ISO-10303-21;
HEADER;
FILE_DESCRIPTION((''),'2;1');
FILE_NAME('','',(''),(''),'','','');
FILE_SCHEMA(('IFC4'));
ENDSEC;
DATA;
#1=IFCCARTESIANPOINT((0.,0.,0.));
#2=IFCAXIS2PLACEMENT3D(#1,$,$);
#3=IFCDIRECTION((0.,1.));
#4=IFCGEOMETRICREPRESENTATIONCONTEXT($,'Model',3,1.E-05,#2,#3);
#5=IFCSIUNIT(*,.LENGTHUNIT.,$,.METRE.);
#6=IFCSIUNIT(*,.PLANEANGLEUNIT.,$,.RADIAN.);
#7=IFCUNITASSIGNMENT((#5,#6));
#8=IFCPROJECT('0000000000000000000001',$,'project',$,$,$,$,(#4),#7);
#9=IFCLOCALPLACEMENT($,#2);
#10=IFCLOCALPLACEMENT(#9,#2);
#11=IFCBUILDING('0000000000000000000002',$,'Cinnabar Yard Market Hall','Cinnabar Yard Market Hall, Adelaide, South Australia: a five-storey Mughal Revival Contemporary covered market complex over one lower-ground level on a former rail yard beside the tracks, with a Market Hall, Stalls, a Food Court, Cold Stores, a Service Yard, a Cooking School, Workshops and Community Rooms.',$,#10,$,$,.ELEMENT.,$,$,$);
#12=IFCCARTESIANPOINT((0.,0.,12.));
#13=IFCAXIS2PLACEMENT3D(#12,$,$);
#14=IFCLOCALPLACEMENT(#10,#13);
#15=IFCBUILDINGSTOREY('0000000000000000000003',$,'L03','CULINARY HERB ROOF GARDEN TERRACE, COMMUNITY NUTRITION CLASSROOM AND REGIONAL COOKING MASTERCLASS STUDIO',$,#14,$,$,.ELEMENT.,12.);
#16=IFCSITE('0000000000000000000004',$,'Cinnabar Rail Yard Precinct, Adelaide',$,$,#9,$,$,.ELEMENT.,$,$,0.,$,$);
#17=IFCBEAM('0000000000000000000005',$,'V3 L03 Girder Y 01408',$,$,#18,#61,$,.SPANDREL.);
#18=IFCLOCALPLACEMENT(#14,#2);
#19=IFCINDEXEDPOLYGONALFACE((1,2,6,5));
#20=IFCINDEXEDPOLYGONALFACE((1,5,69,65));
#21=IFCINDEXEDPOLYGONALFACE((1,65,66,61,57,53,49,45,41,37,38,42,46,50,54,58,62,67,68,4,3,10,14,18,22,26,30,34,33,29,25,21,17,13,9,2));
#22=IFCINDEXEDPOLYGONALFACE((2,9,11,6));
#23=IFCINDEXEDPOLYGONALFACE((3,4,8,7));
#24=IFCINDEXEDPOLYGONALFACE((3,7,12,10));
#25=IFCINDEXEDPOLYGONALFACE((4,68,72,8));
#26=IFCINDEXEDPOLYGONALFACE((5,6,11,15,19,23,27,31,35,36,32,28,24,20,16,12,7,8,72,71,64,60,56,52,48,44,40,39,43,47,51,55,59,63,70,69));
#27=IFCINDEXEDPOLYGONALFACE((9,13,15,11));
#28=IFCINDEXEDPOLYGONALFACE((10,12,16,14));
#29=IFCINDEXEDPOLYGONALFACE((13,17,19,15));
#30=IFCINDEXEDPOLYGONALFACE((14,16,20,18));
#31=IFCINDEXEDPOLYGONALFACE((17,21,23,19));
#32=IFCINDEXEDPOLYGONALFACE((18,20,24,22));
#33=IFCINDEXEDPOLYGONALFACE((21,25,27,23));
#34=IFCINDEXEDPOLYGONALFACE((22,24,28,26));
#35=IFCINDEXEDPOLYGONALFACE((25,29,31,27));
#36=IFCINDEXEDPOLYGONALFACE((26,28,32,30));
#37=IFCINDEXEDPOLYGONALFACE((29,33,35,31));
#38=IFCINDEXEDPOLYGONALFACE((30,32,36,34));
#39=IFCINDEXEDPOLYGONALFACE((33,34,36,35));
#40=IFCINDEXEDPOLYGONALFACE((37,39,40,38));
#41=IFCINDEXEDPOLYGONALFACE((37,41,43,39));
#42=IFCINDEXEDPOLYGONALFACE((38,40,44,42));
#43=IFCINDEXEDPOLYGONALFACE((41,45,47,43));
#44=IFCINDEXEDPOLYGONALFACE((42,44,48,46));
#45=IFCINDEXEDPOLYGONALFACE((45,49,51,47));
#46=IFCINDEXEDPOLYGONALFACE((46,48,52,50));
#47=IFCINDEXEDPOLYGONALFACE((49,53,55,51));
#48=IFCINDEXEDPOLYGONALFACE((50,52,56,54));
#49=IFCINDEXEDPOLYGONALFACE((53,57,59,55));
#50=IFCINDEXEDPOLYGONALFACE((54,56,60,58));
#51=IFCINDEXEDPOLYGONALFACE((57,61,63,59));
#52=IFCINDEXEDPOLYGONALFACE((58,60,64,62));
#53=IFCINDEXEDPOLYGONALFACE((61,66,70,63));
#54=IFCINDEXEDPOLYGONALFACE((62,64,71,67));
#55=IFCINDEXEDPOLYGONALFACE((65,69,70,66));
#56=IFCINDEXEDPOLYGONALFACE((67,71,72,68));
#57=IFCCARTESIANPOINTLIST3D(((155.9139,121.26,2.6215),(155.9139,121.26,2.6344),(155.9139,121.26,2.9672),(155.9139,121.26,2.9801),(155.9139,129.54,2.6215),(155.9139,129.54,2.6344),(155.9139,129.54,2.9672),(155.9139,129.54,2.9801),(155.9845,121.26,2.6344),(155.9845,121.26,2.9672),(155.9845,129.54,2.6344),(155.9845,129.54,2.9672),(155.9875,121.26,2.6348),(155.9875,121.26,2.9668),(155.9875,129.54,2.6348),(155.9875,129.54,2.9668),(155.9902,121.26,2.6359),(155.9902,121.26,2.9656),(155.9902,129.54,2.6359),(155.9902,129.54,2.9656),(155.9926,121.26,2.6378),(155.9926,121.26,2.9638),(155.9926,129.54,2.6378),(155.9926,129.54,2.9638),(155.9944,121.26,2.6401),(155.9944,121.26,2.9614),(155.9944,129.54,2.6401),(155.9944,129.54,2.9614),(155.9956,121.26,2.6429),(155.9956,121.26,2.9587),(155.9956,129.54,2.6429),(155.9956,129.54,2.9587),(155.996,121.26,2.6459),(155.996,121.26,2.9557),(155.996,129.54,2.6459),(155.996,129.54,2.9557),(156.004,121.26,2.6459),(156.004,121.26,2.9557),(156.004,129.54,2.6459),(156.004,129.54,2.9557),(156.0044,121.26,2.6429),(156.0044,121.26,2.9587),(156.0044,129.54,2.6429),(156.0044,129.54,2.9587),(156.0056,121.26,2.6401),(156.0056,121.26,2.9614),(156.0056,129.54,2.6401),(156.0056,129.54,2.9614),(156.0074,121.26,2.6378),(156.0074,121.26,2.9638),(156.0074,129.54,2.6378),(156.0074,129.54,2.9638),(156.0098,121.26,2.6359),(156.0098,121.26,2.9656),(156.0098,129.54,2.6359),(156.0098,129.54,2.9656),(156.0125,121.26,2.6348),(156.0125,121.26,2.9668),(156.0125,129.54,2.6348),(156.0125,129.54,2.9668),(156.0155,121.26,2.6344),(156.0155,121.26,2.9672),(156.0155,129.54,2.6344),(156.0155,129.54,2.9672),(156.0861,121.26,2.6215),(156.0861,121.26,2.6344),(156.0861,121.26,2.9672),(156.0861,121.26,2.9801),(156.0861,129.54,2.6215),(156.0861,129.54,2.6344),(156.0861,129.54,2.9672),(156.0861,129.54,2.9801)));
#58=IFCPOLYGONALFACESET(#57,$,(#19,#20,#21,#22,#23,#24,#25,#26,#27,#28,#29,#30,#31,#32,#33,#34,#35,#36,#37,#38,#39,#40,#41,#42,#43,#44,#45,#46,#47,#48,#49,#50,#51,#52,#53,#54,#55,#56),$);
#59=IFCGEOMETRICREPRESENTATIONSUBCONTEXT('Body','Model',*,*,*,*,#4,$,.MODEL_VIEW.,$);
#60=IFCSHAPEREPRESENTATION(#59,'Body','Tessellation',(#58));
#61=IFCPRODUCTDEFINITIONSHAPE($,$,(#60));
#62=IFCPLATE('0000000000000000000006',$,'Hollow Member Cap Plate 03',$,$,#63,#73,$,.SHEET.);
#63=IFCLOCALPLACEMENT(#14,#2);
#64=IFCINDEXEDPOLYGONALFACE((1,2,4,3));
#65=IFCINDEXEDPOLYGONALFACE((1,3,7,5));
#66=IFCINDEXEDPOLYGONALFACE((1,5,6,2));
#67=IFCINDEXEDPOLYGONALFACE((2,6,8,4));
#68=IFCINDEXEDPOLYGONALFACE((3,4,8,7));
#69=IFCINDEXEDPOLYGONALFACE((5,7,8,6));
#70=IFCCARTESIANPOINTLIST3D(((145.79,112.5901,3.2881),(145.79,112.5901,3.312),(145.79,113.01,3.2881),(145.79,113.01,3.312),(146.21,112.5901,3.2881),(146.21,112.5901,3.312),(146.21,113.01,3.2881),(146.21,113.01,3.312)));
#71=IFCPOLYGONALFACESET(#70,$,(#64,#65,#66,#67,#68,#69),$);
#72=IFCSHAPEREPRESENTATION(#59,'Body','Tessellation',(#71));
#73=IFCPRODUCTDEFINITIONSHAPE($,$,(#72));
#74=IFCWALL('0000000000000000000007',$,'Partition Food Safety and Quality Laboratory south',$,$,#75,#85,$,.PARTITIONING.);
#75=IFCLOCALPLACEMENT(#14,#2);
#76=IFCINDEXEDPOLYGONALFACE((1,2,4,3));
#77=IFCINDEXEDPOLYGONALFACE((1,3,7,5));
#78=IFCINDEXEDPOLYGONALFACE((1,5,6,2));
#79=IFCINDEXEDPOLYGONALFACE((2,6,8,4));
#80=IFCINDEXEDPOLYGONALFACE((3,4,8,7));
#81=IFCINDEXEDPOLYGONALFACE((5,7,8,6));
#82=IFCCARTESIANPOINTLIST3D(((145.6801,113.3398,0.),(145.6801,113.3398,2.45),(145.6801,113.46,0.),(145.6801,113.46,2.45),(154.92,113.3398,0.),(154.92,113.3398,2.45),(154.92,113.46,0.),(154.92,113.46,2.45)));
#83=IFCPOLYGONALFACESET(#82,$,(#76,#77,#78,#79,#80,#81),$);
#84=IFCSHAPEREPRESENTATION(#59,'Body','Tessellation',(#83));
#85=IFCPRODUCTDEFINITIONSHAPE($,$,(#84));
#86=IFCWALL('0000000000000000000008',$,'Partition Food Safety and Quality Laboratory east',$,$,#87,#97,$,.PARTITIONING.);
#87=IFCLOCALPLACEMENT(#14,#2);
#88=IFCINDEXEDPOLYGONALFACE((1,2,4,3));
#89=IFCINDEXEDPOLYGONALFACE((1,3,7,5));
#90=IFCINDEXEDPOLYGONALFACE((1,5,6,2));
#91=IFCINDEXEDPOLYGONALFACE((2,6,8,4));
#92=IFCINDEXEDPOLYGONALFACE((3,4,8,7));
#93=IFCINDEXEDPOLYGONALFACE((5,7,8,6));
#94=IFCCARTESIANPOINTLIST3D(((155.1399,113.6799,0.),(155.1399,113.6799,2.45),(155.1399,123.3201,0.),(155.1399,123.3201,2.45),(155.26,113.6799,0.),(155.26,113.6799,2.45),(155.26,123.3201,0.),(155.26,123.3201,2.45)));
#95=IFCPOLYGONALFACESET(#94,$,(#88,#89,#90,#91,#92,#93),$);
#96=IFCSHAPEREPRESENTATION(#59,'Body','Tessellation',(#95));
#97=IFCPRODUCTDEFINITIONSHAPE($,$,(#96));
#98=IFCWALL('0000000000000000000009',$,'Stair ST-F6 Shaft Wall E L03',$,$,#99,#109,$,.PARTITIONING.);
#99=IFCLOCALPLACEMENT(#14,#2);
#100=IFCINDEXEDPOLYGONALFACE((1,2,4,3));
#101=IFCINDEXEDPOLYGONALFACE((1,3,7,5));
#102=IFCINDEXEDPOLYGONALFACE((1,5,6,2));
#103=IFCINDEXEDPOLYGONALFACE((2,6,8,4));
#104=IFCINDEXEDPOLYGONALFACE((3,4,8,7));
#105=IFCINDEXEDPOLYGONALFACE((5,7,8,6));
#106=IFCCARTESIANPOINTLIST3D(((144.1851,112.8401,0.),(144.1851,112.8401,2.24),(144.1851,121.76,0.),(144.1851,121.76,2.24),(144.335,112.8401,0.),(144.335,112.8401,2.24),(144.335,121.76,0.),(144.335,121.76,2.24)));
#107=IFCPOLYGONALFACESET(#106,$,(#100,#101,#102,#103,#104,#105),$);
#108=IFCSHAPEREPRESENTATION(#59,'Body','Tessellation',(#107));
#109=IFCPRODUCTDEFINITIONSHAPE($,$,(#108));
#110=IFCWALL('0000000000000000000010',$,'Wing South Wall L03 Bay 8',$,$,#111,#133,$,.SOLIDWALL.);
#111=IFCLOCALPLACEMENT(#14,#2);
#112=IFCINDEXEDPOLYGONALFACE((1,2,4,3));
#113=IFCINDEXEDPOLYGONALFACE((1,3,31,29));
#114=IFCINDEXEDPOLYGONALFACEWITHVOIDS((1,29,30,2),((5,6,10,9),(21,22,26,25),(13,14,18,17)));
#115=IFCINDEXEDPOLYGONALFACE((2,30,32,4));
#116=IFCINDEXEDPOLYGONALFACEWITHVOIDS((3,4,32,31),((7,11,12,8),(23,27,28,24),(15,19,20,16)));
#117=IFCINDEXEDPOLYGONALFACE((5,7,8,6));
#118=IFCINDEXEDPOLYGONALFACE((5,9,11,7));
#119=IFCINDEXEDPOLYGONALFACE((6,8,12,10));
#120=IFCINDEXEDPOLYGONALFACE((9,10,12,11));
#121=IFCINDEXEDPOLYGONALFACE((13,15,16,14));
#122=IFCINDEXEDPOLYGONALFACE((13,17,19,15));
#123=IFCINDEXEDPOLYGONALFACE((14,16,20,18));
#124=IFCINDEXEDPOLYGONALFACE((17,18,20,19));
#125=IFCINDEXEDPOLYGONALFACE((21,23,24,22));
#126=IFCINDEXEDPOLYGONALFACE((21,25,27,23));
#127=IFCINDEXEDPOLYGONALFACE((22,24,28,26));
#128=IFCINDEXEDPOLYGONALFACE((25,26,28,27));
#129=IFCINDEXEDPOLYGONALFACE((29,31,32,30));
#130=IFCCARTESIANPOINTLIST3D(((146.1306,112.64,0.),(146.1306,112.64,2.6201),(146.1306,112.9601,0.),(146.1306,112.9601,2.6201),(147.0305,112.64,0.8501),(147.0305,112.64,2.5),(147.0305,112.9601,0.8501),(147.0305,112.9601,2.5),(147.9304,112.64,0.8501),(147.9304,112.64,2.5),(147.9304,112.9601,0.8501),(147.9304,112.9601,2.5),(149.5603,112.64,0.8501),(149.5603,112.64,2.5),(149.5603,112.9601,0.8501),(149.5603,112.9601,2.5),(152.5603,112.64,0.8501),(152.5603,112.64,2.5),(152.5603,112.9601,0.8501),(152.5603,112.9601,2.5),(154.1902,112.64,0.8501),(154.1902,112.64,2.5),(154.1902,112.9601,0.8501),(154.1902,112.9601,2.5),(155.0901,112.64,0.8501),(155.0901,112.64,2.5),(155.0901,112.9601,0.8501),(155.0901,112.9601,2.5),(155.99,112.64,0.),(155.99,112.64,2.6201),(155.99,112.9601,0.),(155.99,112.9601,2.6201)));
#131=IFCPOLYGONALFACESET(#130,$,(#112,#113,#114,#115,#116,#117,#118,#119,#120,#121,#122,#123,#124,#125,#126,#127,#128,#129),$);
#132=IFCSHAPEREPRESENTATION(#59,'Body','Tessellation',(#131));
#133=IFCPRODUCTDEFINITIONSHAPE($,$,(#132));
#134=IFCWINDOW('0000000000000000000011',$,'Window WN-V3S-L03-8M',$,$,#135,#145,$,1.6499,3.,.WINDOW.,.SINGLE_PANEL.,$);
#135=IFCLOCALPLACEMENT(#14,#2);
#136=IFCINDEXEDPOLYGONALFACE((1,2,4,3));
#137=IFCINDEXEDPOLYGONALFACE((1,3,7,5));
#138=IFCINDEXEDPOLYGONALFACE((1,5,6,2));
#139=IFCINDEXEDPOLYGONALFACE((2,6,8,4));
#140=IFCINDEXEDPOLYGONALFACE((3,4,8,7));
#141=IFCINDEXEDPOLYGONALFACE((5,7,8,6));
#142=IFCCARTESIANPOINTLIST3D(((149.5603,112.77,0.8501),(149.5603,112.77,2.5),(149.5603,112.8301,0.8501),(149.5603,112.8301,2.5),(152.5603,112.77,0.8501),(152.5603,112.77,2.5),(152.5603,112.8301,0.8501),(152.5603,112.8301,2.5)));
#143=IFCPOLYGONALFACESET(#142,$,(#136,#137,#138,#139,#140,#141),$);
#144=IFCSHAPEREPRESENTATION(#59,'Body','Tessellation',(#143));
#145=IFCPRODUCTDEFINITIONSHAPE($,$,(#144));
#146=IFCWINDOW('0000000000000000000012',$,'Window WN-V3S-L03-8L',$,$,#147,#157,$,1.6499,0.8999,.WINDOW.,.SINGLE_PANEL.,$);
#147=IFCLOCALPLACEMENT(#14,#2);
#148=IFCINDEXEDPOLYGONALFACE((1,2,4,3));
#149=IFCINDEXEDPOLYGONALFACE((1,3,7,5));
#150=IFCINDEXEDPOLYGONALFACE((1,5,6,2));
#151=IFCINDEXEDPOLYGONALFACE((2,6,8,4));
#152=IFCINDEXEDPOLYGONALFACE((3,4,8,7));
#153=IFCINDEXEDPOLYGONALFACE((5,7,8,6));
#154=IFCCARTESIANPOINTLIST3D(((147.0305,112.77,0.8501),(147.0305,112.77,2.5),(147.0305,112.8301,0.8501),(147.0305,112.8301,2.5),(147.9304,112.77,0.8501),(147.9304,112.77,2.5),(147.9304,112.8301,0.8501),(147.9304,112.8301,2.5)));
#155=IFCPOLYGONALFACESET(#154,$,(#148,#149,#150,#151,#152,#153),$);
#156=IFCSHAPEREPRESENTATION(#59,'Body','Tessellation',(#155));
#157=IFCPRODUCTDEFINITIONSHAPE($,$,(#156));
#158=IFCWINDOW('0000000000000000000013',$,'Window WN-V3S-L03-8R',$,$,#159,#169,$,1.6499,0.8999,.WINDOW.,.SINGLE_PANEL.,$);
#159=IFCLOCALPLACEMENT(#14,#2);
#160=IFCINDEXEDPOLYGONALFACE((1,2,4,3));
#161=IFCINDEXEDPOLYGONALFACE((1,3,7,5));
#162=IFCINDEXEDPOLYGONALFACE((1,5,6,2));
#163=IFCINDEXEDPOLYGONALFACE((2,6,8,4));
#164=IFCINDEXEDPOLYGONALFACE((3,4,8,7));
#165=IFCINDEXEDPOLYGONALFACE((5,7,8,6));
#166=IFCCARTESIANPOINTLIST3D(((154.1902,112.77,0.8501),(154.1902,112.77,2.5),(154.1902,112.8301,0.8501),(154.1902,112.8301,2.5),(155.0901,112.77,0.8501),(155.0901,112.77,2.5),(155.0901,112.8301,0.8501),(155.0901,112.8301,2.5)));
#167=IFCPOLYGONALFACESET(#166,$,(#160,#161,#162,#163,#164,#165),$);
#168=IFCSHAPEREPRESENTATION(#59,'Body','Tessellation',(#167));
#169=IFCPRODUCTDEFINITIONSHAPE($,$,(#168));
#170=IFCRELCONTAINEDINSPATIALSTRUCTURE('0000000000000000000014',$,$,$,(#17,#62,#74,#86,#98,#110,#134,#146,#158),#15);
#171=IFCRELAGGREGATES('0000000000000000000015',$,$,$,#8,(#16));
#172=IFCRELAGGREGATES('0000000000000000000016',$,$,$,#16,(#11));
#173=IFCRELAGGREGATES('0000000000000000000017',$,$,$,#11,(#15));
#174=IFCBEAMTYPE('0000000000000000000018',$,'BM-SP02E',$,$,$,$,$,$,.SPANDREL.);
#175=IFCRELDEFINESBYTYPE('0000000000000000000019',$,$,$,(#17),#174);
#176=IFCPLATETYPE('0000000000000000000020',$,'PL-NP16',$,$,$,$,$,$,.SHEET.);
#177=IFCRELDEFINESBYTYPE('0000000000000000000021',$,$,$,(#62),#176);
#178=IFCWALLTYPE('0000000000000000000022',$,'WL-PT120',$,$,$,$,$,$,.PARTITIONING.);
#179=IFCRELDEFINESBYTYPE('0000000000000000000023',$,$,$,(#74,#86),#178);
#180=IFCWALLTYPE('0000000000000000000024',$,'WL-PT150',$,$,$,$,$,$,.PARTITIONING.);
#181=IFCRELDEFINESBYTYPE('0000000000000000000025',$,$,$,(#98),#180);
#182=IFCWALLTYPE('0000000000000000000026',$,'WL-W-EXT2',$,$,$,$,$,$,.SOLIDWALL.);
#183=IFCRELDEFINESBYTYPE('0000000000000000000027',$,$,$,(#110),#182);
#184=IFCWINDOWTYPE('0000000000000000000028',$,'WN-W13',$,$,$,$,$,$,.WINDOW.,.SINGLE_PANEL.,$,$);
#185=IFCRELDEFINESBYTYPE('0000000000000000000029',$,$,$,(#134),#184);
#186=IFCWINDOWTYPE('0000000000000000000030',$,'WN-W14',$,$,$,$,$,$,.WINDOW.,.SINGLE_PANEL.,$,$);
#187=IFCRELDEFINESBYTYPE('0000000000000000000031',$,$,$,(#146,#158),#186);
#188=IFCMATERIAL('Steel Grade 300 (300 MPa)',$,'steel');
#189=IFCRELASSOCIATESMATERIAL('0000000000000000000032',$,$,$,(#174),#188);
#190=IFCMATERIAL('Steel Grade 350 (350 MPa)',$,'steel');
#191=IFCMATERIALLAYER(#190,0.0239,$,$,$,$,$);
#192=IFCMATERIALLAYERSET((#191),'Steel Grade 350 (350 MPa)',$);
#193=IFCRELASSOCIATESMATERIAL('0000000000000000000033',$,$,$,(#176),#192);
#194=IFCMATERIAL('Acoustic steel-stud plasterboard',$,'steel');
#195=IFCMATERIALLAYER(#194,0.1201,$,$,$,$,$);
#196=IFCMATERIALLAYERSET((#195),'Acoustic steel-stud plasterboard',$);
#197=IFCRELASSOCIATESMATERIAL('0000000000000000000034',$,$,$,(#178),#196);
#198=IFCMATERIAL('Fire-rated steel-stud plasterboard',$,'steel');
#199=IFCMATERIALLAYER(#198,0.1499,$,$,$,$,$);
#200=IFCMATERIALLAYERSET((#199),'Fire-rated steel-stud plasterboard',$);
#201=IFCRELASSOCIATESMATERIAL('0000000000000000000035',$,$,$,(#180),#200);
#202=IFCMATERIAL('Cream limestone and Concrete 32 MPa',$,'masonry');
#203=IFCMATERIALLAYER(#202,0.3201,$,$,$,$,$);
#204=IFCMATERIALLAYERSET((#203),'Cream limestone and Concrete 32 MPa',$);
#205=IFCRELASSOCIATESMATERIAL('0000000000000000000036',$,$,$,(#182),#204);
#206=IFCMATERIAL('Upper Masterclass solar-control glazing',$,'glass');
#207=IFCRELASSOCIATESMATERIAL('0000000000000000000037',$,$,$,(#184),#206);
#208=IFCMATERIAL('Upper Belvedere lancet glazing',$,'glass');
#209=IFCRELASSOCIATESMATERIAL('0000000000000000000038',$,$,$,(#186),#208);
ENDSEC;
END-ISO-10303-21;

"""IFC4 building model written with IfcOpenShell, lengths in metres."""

from ifc_helpers import new_model, si_unit, direction, frame, frame_2d, origin, origin_2d_with_axis, place, context, subcontext, project, spatial, rectangle, i_section, extrude, material, layer, layer_set, material_profile, profile_set, type_object, element, fill, save


model = new_model("IFC4")

# Units and contexts
model_context = context("Model", 3, precision=1e-05, world=origin(), true_north=direction((0.0, 1.0)))
body_context = subcontext(model_context, "Body", "Model", "MODEL_VIEW")
ifc_project = project(units=[si_unit("LENGTHUNIT", "METRE"), si_unit("PLANEANGLEUNIT", "RADIAN")], contexts=[model_context])

# Site, building, storey
site_placement = place(None, origin())
site = spatial("IfcSite", under=ifc_project, at=site_placement, Name="Cinnabar Rail Yard Precinct, Adelaide", CompositionType="ELEMENT", RefElevation=0.0)
building_placement = place(site_placement, origin())
building = spatial("IfcBuilding", under=site, at=building_placement, Name="Cinnabar Yard Market Hall", Description="Cinnabar Yard Market Hall, Adelaide, South Australia: a five-storey Mughal Revival Contemporary covered market complex over one lower-ground level on a former rail yard beside the tracks, with a Market Hall, Stalls, a Food Court, Cold Stores, a Service Yard, a Cooking School, Workshops and Community Rooms.", CompositionType="ELEMENT")
storey_placement = place(building_placement, frame((0.0, 0.0, 12.0)))
storey = spatial("IfcBuildingStorey", under=building, at=storey_placement, Name="L03", Description="CULINARY HERB ROOF GARDEN TERRACE, COMMUNITY NUTRITION CLASSROOM AND REGIONAL COOKING MASTERCLASS STUDIO", CompositionType="ELEMENT", Elevation=12.0)

# Shared definitions
ifc_material_1 = material(Name="Steel Grade 300 (300 MPa)", Category="steel")

# Beam
ifc_material_profile_1 = material_profile(ifc_material_1, i_section(OverallWidth=0.1721, OverallDepth=0.3586, WebThickness=0.0081, FlangeThickness=0.0129, FilletRadius=0.0115, at=origin_2d_with_axis()), Name="360UB56.7")
ifc_profile_set_1 = profile_set([ifc_material_profile_1], Name="Steel Grade 300 (300 MPa)")
beam_type_1 = type_object("IfcBeamType", Name="BM-SP02E", PredefinedType="SPANDREL", material=ifc_profile_set_1)
beam_1_placement = place(storey_placement, frame((156.0, 121.26, 2.8008), z_axis=(0.0, 1.0, 0.0), x_axis=(-1.0, 0.0, 0.0)))
element("IfcBeam", 1, at=beam_1_placement, inside=storey, type_object=beam_type_1, Name="V3 L03 Girder Y 01408", PredefinedType="SPANDREL", context=body_context, shape_type="SweptSolid", body=[
    extrude(i_section(OverallWidth=0.1721, OverallDepth=0.3586, WebThickness=0.0081, FlangeThickness=0.0129, FilletRadius=0.0115, at=origin_2d_with_axis()), origin(), (0.0, 0.0, 1.0), 8.28),
])

# Plate
ifc_material_2 = material(Name="Steel Grade 350 (350 MPa)", Category="steel")
ifc_layer_1 = layer(ifc_material_2, 0.0239)
ifc_layer_set_1 = layer_set([ifc_layer_1], Name="Steel Grade 350 (350 MPa)")
plate_type = type_object("IfcPlateType", Name="PL-NP16", PredefinedType="SHEET", material=ifc_layer_set_1)
plate_placement = place(storey_placement, frame((146.0, 112.8, 3.2881), z_axis=(0.0, 0.0, 1.0), x_axis=(1.0, 0.0, 0.0)))
element("IfcPlate", 2, at=plate_placement, inside=storey, type_object=plate_type, Name="Hollow Member Cap Plate 03", PredefinedType="SHEET", context=body_context, shape_type="SweptSolid", body=[
    extrude(rectangle(XDim=0.4199, YDim=0.4199, at=origin_2d_with_axis()), origin(), (0.0, 0.0, 1.0), 0.0239),
])

# Walls
ifc_material_3 = material(Name="Acoustic steel-stud plasterboard", Category="steel")
ifc_layer_2 = layer(ifc_material_3, 0.1201)
ifc_layer_set_2 = layer_set([ifc_layer_2], Name="Acoustic steel-stud plasterboard")
wall_type_1 = type_object("IfcWallType", Name="WL-PT120", PredefinedType="PARTITIONING", material=ifc_layer_set_2)
wall_1_placement = place(storey_placement, frame((145.6799, 113.3999, 0.0), z_axis=(0.0, 0.0, 1.0), x_axis=(1.0, 0.0, 0.0)))
element("IfcWall", 3, at=wall_1_placement, inside=storey, type_object=wall_type_1, Name="Partition Food Safety and Quality Laboratory south", PredefinedType="PARTITIONING", context=body_context, shape_type="SweptSolid", body=[
    extrude(rectangle(XDim=9.24, YDim=0.1201, at=frame_2d((4.6201, 0.0), x_axis=(1.0, 0.0))), origin(), (0.0, 0.0, 1.0), 2.45),
])
wall_2_placement = place(storey_placement, frame((155.2, 113.6799, 0.0), z_axis=(0.0, 0.0, 1.0), x_axis=(0.0, 1.0, 0.0)))
element("IfcWall", 4, at=wall_2_placement, inside=storey, type_object=wall_type_1, Name="Partition Food Safety and Quality Laboratory east", PredefinedType="PARTITIONING", context=body_context, shape_type="SweptSolid", body=[
    extrude(rectangle(XDim=9.6401, YDim=0.1201, at=frame_2d((4.8201, 0.0), x_axis=(1.0, 0.0))), origin(), (0.0, 0.0, 1.0), 2.45),
])
ifc_material_4 = material(Name="Fire-rated steel-stud plasterboard", Category="steel")
ifc_layer_3 = layer(ifc_material_4, 0.1499)
ifc_layer_set_3 = layer_set([ifc_layer_3], Name="Fire-rated steel-stud plasterboard")
wall_type_2 = type_object("IfcWallType", Name="WL-PT150", PredefinedType="PARTITIONING", material=ifc_layer_set_3)
wall_3_placement = place(storey_placement, frame((144.26, 112.8401, 0.0), z_axis=(0.0, 0.0, 1.0), x_axis=(0.0, 1.0, 0.0)))
element("IfcWall", 5, at=wall_3_placement, inside=storey, type_object=wall_type_2, Name="Stair ST-F6 Shaft Wall E L03", PredefinedType="PARTITIONING", context=body_context, shape_type="SweptSolid", body=[
    extrude(rectangle(XDim=8.9199, YDim=0.1499, at=frame_2d((4.46, 0.0), x_axis=(1.0, 0.0))), origin(), (0.0, 0.0, 1.0), 2.24),
])

# Wall, openings, windows
ifc_material_5 = material(Name="Cream limestone and Concrete 32 MPa", Category="masonry")
ifc_layer_4 = layer(ifc_material_5, 0.3201)
ifc_layer_set_4 = layer_set([ifc_layer_4], Name="Cream limestone and Concrete 32 MPa")
wall_type_3 = type_object("IfcWallType", Name="WL-W-EXT2", PredefinedType="SOLIDWALL", material=ifc_layer_set_4)
wall_4_placement = place(storey_placement, frame((146.1306, 112.8, 0.0), z_axis=(0.0, 0.0, 1.0), x_axis=(1.0, 0.0, 0.0)))
wall_4 = element("IfcWall", 6, at=wall_4_placement, inside=storey, type_object=wall_type_3, Name="Wing South Wall L03 Bay 8", PredefinedType="SOLIDWALL", context=body_context, shape_type="SweptSolid", body=[
    extrude(rectangle(XDim=9.8594, YDim=0.3201, at=frame_2d((4.9297, 0.0), x_axis=(1.0, 0.0))), origin(), (0.0, 0.0, 1.0), 2.6201),
])
opening_1_placement = place(wall_4_placement, frame((3.4297, 0.0, 0.8501)))
opening_1 = element("IfcOpeningElement", 7, at=opening_1_placement, cuts=wall_4, PredefinedType="OPENING", context=body_context, shape_type="SweptSolid", body=[
    extrude(rectangle(XDim=3.0, YDim=1.6499, at=frame_2d((1.5, 0.825), x_axis=(1.0, 0.0))), frame((0.0, 0.1699, 0.0), z_axis=(0.0, -1.0, 0.0), x_axis=(1.0, 0.0, 0.0)), (0.0, 0.0, 1.0), 0.3401),
])
opening_2_placement = place(wall_4_placement, frame((0.8999, 0.0, 0.8501)))
opening_2 = element("IfcOpeningElement", 8, at=opening_2_placement, cuts=wall_4, PredefinedType="OPENING", context=body_context, shape_type="SweptSolid", body=[
    extrude(rectangle(XDim=0.8999, YDim=1.6499, at=frame_2d((0.45, 0.825), x_axis=(1.0, 0.0))), frame((0.0, 0.1699, 0.0), z_axis=(0.0, -1.0, 0.0), x_axis=(1.0, 0.0, 0.0)), (0.0, 0.0, 1.0), 0.3401),
])
opening_3_placement = place(wall_4_placement, frame((8.0596, 0.0, 0.8501)))
opening_3 = element("IfcOpeningElement", 9, at=opening_3_placement, cuts=wall_4, PredefinedType="OPENING", context=body_context, shape_type="SweptSolid", body=[
    extrude(rectangle(XDim=0.8999, YDim=1.6499, at=frame_2d((0.45, 0.825), x_axis=(1.0, 0.0))), frame((0.0, 0.1699, 0.0), z_axis=(0.0, -1.0, 0.0), x_axis=(1.0, 0.0, 0.0)), (0.0, 0.0, 1.0), 0.3401),
])
ifc_material_6 = material(Name="Upper Masterclass solar-control glazing", Category="glass")
window_type_1 = type_object("IfcWindowType", Name="WN-W13", PartitioningType="SINGLE_PANEL", PredefinedType="WINDOW", material=ifc_material_6)
window_1_placement = place(opening_1_placement, origin())
window_1 = element("IfcWindow", 10, at=window_1_placement, inside=storey, type_object=window_type_1, Name="Window WN-V3S-L03-8M", OverallHeight=1.6499, OverallWidth=3.0, PartitioningType="SINGLE_PANEL", PredefinedType="WINDOW", context=body_context, shape_type="SweptSolid", body=[
    extrude(rectangle(XDim=3.0, YDim=1.6499, at=frame_2d((1.5, 0.825), x_axis=(1.0, 0.0))), frame((0.0, 0.03, 0.0), z_axis=(0.0, -1.0, 0.0), x_axis=(1.0, 0.0, 0.0)), (0.0, 0.0, 1.0), 0.0601),
])
fill(opening_1, window_1)
ifc_material_7 = material(Name="Upper Belvedere lancet glazing", Category="glass")
window_type_2 = type_object("IfcWindowType", Name="WN-W14", PartitioningType="SINGLE_PANEL", PredefinedType="WINDOW", material=ifc_material_7)
window_2_placement = place(opening_2_placement, origin())
window_2 = element("IfcWindow", 11, at=window_2_placement, inside=storey, type_object=window_type_2, Name="Window WN-V3S-L03-8L", OverallHeight=1.6499, OverallWidth=0.8999, PartitioningType="SINGLE_PANEL", PredefinedType="WINDOW", context=body_context, shape_type="SweptSolid", body=[
    extrude(rectangle(XDim=0.8999, YDim=1.6499, at=frame_2d((0.45, 0.825), x_axis=(1.0, 0.0))), frame((0.0, 0.03, 0.0), z_axis=(0.0, -1.0, 0.0), x_axis=(1.0, 0.0, 0.0)), (0.0, 0.0, 1.0), 0.0601),
])
fill(opening_2, window_2)
window_3_placement = place(opening_3_placement, origin())
window_3 = element("IfcWindow", 12, at=window_3_placement, inside=storey, type_object=window_type_2, Name="Window WN-V3S-L03-8R", OverallHeight=1.6499, OverallWidth=0.8999, PartitioningType="SINGLE_PANEL", PredefinedType="WINDOW", context=body_context, shape_type="SweptSolid", body=[
    extrude(rectangle(XDim=0.8999, YDim=1.6499, at=frame_2d((0.45, 0.825), x_axis=(1.0, 0.0))), frame((0.0, 0.03, 0.0), z_axis=(0.0, -1.0, 0.0), x_axis=(1.0, 0.0, 0.0)), (0.0, 0.0, 1.0), 0.0601),
])
fill(opening_3, window_3)

save(model, "model.ifc")
